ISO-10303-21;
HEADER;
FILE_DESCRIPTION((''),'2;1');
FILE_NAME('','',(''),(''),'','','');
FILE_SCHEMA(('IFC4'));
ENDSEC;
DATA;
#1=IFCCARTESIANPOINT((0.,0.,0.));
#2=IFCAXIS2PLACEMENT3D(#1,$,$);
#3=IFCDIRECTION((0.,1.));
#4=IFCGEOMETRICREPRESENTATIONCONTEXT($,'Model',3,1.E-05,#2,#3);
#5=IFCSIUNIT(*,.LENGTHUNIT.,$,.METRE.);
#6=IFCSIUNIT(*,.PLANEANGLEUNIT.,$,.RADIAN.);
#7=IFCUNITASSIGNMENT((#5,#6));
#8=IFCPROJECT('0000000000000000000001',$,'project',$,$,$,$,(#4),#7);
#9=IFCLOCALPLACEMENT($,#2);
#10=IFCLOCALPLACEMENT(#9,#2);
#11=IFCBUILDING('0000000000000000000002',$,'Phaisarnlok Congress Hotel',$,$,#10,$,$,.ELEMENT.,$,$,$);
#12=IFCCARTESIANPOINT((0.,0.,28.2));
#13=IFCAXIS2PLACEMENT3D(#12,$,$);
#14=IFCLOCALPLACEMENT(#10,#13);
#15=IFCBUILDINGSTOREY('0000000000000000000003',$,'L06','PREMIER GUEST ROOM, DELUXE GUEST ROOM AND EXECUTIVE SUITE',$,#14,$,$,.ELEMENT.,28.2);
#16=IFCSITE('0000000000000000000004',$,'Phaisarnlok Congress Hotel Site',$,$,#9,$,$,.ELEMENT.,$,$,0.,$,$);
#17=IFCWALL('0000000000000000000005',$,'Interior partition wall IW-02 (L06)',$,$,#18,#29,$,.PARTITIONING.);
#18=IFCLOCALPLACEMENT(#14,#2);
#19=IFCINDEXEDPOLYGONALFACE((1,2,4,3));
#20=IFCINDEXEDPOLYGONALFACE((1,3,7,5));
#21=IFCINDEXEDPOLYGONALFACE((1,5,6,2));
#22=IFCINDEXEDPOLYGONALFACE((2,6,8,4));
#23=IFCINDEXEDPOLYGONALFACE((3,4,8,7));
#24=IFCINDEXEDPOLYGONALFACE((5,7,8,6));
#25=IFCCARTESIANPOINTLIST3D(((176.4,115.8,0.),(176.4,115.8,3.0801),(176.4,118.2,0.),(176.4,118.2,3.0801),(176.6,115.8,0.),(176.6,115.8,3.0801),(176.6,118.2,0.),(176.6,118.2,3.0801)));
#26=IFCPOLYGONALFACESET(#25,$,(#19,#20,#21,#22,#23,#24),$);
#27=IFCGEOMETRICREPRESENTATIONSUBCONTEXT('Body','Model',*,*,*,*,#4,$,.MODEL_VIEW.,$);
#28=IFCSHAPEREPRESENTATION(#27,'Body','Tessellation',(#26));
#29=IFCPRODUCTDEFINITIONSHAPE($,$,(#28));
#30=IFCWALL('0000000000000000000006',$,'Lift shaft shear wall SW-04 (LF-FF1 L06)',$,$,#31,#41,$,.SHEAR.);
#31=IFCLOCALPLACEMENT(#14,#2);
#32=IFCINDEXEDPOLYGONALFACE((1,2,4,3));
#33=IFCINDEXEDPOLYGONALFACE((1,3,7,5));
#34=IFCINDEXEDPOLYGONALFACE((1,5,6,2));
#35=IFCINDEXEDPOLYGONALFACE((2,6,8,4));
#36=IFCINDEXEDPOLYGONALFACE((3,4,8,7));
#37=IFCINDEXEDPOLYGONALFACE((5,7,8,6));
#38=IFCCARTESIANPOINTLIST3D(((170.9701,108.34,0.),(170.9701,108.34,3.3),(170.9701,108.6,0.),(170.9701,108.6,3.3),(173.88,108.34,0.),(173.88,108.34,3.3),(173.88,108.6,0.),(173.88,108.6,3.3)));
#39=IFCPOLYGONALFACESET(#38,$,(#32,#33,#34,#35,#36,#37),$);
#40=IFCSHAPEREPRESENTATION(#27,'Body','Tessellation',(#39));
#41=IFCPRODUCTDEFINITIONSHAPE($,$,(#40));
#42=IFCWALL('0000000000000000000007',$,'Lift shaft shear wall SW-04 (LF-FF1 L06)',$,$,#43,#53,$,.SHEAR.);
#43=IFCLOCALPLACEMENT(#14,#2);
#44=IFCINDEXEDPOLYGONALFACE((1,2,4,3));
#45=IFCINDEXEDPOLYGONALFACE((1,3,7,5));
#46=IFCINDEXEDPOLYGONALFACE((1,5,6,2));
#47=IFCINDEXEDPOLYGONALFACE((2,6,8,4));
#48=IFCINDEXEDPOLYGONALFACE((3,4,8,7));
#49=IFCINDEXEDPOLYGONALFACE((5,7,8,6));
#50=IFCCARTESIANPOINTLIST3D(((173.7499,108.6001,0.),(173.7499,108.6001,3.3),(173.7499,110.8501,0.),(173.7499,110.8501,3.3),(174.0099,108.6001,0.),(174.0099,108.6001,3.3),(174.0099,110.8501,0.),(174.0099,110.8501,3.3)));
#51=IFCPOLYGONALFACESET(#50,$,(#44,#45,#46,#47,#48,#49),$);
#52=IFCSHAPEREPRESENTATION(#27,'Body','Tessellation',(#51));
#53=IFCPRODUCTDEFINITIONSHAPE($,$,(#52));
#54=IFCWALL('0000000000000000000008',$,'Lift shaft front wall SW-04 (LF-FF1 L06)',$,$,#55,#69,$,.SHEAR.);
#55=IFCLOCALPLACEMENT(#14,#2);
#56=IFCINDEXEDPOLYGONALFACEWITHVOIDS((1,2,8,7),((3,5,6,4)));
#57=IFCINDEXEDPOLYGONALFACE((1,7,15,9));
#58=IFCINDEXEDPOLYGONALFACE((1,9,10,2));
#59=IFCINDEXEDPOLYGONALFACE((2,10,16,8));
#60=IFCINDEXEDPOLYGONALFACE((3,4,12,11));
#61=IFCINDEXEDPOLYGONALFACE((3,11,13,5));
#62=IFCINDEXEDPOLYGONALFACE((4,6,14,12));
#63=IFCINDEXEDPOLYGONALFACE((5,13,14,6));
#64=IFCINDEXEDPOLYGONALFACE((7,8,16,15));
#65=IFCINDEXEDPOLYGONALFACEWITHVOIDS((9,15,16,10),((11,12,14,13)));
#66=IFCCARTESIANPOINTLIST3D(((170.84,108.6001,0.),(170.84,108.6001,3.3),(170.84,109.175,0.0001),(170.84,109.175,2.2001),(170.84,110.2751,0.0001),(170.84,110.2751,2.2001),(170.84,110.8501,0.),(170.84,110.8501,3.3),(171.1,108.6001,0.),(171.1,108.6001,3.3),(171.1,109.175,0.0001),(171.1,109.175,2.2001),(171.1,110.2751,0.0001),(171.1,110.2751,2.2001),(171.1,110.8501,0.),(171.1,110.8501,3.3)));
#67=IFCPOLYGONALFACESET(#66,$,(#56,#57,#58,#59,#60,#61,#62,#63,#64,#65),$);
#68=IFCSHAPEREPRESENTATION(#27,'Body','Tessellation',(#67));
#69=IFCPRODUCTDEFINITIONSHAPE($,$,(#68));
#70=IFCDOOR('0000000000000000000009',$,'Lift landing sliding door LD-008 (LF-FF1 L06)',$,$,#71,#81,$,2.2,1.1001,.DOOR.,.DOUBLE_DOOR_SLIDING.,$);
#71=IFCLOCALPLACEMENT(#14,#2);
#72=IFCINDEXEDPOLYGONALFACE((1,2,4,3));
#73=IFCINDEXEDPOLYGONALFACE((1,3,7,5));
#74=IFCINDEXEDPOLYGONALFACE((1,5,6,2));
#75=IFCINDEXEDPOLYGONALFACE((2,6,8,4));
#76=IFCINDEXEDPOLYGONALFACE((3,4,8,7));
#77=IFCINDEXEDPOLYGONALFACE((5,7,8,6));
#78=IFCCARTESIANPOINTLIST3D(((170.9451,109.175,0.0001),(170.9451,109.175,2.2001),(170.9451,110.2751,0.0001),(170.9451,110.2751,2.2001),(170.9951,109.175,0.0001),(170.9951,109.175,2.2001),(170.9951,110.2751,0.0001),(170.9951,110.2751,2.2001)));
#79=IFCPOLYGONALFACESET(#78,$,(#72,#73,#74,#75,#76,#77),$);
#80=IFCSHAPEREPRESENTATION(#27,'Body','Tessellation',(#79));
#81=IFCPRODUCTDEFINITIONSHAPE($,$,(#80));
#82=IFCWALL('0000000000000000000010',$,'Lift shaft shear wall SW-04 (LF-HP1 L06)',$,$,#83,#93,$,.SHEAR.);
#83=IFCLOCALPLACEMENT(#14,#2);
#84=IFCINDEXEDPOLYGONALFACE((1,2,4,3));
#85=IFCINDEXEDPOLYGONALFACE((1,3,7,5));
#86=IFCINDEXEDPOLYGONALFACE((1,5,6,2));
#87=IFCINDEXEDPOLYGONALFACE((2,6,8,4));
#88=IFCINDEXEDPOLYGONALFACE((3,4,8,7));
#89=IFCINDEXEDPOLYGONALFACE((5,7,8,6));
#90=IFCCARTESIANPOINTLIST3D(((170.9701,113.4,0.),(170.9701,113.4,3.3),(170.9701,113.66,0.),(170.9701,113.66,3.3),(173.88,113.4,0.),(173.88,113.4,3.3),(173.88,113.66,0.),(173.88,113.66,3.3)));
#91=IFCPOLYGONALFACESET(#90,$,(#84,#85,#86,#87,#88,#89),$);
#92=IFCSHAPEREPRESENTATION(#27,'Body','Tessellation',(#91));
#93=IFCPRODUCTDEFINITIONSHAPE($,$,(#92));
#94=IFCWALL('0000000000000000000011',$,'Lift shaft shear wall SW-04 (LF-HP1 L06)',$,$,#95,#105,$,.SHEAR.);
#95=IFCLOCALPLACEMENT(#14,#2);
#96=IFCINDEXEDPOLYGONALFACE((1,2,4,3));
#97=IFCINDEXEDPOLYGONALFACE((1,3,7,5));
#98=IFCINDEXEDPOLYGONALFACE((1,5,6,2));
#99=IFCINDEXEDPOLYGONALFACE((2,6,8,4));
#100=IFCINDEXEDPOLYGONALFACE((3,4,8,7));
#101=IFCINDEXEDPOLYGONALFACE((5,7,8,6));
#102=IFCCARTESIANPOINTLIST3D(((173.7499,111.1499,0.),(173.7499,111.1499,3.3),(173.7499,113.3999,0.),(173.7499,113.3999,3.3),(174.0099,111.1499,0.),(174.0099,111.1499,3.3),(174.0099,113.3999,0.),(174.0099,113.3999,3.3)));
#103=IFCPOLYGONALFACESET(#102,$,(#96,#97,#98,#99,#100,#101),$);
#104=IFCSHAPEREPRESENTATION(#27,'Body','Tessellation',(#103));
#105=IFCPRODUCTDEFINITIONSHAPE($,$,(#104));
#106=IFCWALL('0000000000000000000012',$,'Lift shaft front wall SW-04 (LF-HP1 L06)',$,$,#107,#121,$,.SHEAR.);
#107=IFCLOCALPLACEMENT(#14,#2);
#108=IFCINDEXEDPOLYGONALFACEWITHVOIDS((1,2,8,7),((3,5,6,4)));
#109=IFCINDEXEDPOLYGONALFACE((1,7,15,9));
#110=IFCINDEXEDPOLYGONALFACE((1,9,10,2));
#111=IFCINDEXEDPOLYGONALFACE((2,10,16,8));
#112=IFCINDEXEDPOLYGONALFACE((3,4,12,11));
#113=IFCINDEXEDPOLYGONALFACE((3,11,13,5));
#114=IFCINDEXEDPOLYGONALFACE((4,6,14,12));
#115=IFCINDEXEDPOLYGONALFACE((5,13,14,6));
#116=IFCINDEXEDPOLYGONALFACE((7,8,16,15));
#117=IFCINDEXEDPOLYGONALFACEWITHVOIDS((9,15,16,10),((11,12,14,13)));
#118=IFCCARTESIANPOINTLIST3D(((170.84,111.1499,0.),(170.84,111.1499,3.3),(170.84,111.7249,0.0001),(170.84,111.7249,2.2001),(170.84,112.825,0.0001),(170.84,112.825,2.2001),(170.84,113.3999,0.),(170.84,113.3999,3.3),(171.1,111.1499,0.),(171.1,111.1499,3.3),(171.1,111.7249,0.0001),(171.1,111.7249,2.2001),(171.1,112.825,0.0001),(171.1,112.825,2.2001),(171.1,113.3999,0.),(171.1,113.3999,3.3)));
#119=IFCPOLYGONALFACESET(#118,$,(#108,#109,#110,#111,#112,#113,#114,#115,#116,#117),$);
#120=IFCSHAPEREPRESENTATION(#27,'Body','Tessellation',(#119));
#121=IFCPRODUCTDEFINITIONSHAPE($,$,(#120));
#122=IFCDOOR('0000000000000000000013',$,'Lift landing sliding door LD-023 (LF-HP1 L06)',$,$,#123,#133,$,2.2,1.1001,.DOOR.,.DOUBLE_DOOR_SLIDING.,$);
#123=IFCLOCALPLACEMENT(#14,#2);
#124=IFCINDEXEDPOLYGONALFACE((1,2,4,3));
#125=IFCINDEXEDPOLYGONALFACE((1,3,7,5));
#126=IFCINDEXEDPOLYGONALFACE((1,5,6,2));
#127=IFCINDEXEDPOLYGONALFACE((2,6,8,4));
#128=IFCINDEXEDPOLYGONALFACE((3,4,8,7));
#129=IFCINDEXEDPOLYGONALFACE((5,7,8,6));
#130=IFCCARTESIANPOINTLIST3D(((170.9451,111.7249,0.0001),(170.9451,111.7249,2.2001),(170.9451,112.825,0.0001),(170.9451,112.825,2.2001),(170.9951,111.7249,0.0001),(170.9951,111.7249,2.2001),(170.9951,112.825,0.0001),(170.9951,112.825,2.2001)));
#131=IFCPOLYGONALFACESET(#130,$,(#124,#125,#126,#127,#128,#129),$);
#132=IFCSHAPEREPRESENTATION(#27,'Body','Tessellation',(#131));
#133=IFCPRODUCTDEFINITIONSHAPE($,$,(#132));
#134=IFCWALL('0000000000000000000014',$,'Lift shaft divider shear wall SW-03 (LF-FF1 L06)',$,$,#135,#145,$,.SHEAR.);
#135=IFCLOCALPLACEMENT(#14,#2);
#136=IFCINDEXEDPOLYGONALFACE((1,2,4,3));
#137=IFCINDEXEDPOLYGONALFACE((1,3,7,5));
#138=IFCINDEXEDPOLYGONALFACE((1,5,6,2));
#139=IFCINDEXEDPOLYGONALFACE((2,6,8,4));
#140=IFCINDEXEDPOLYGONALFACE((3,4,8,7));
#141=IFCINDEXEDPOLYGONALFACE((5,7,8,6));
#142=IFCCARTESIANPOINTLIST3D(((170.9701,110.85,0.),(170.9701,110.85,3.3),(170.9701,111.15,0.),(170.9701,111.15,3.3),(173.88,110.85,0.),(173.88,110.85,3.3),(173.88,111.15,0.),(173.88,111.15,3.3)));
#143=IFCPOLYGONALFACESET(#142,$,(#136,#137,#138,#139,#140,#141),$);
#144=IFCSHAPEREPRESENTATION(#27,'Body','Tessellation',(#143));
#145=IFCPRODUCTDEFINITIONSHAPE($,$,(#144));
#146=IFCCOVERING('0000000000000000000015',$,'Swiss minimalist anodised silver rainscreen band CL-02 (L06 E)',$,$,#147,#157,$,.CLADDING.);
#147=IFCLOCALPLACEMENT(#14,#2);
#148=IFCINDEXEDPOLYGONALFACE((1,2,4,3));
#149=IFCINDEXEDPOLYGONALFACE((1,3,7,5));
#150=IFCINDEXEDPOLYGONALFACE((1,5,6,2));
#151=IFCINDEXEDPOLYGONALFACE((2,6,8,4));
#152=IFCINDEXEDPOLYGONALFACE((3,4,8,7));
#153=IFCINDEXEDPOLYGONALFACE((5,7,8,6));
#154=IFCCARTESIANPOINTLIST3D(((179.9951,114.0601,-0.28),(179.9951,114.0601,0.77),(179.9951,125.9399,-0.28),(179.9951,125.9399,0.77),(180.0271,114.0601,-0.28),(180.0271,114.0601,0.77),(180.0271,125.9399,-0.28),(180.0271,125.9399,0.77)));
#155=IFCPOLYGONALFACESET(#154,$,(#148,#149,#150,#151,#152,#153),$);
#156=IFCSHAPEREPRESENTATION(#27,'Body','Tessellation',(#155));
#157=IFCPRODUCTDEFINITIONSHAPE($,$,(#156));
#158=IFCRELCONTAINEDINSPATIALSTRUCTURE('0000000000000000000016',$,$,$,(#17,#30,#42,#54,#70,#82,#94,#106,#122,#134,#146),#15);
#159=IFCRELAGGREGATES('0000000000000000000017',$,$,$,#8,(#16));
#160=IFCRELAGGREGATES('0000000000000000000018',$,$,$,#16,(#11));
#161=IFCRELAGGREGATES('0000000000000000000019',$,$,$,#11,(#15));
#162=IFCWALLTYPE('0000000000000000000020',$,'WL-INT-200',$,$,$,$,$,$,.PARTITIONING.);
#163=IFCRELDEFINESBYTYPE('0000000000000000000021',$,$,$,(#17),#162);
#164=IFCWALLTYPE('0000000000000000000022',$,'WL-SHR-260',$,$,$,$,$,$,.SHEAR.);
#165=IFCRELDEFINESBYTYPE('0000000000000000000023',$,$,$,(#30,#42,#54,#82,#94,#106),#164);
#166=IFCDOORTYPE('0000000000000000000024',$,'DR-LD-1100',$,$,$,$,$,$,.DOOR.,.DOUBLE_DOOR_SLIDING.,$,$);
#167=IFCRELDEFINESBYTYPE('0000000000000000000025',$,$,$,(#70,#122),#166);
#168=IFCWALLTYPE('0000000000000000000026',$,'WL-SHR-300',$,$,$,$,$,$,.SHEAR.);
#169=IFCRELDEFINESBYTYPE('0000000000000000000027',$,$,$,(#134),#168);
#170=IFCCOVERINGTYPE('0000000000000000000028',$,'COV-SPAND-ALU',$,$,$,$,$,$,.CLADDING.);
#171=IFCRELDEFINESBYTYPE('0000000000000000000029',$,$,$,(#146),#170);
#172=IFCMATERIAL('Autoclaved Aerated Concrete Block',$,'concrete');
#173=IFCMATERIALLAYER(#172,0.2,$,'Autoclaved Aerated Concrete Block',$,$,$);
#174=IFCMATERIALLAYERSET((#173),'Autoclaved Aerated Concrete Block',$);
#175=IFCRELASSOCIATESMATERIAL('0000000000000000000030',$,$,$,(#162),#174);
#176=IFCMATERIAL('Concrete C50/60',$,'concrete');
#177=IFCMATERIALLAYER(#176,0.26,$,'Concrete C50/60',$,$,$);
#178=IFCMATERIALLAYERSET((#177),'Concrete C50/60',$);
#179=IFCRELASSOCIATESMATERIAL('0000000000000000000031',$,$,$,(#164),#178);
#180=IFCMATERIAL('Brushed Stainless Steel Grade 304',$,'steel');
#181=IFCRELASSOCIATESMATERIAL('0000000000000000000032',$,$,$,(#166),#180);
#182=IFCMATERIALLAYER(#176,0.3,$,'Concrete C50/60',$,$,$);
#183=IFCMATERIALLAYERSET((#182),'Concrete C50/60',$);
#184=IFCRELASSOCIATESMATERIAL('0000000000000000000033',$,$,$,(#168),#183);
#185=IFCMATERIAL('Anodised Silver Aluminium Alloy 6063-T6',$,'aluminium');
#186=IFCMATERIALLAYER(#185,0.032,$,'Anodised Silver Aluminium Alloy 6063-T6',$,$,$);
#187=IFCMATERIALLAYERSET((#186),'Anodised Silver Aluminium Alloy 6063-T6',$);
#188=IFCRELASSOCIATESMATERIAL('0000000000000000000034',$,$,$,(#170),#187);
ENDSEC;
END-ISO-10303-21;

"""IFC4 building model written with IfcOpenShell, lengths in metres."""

from ifc_helpers import new_model, si_unit, direction, frame, frame_2d, origin, place, context, subcontext, project, spatial, polyline, rectangle, outline, extrude, material, layer, layer_set, type_object, element, fill, save


model = new_model("IFC4")

# Units and contexts
model_context = context("Model", 3, precision=1e-05, world=origin(), true_north=direction((0.0, 1.0)))
body_context = subcontext(model_context, "Body", "Model", "MODEL_VIEW")
ifc_project = project(units=[si_unit("LENGTHUNIT", "METRE"), si_unit("PLANEANGLEUNIT", "RADIAN")], contexts=[model_context])

# Site, building, storey
site_placement = place(None, origin())
site = spatial("IfcSite", under=ifc_project, at=site_placement, Name="Phaisarnlok Congress Hotel Site", CompositionType="ELEMENT", RefElevation=0.0)
building_placement = place(site_placement, origin())
building = spatial("IfcBuilding", under=site, at=building_placement, Name="Phaisarnlok Congress Hotel", CompositionType="ELEMENT")
storey_placement = place(building_placement, frame((0.0, 0.0, 28.2)))
storey = spatial("IfcBuildingStorey", under=building, at=storey_placement, Name="L06", Description="PREMIER GUEST ROOM, DELUXE GUEST ROOM AND EXECUTIVE SUITE", CompositionType="ELEMENT", Elevation=28.2)

# Shared definitions
ifc_material_1 = material(Name="Concrete C50/60", Category="concrete")

# Wall
ifc_material_2 = material(Name="Autoclaved Aerated Concrete Block", Category="concrete")
ifc_layer_1 = layer(ifc_material_2, 0.2, Name="Autoclaved Aerated Concrete Block")
ifc_layer_set_1 = layer_set([ifc_layer_1], Name="Autoclaved Aerated Concrete Block")
wall_type_1 = type_object("IfcWallType", Name="WL-INT-200", PredefinedType="PARTITIONING", material=ifc_layer_set_1)
wall_1_placement = place(storey_placement, frame((176.5, 115.8, 0.0), z_axis=(0.0, 0.0, 1.0), x_axis=(0.0, 1.0, 0.0)))
element("IfcWall", 1, at=wall_1_placement, inside=storey, type_object=wall_type_1, Name="Interior partition wall IW-02 (L06)", PredefinedType="PARTITIONING", context=body_context, shape_type="SweptSolid", body=[
    extrude(rectangle(XDim=2.3999, YDim=0.2, at=frame_2d((1.2, 0.0))), origin(), (0.0, 0.0, 1.0), 3.0801),
])

# Walls
ifc_layer_2 = layer(ifc_material_1, 0.26, Name="Concrete C50/60")
ifc_layer_set_2 = layer_set([ifc_layer_2], Name="Concrete C50/60")
wall_type_2 = type_object("IfcWallType", Name="WL-SHR-260", PredefinedType="SHEAR", material=ifc_layer_set_2)
wall_2_placement = place(storey_placement, frame((170.97, 108.47, 0.0), z_axis=(0.0, 0.0, 1.0), x_axis=(1.0, 0.0, 0.0)))
element("IfcWall", 2, at=wall_2_placement, inside=storey, type_object=wall_type_2, Name="Lift shaft shear wall SW-04 (LF-FF1 L06)", PredefinedType="SHEAR", context=body_context, shape_type="SweptSolid", body=[
    extrude(rectangle(XDim=2.9099, YDim=0.26, at=frame_2d((1.4551, 0.0))), origin(), (0.0, 0.0, 1.0), 3.3),
])
wall_3_placement = place(storey_placement, frame((173.8799, 108.6001, 0.0), z_axis=(0.0, 0.0, 1.0), x_axis=(0.0, 1.0, 0.0)))
element("IfcWall", 3, at=wall_3_placement, inside=storey, type_object=wall_type_2, Name="Lift shaft shear wall SW-04 (LF-FF1 L06)", PredefinedType="SHEAR", context=body_context, shape_type="SweptSolid", body=[
    extrude(rectangle(XDim=2.25, YDim=0.26, at=frame_2d((1.125, 0.0))), origin(), (0.0, 0.0, 1.0), 3.3),
])

# Wall, opening, door
wall_4_placement = place(storey_placement, frame((170.97, 108.6001, 0.0), z_axis=(0.0, 0.0, 1.0), x_axis=(0.0, 1.0, 0.0)))
wall_4 = element("IfcWall", 4, at=wall_4_placement, inside=storey, type_object=wall_type_2, Name="Lift shaft front wall SW-04 (LF-FF1 L06)", PredefinedType="SHEAR", context=body_context, shape_type="SweptSolid", body=[
    extrude(rectangle(XDim=2.25, YDim=0.26, at=frame_2d((1.125, 0.0))), origin(), (0.0, 0.0, 1.0), 3.3),
])
opening_1_placement = place(wall_4_placement, frame((0.575, 0.0, 0.0)))
opening_1 = element("IfcOpeningElement", 5, at=opening_1_placement, cuts=wall_4, PredefinedType="OPENING", context=body_context, shape_type="SweptSolid", body=[
    extrude(rectangle(XDim=1.1001, YDim=2.2, at=frame_2d((0.55, 1.1001))), frame((0.0, 0.1401, 0.0), z_axis=(0.0, -1.0, 0.0), x_axis=(1.0, 0.0, 0.0)), (0.0, 0.0, 1.0), 0.28),
])
ifc_material_3 = material(Name="Brushed Stainless Steel Grade 304", Category="steel")
door_type_1 = type_object("IfcDoorType", Name="DR-LD-1100", OperationType="DOUBLE_DOOR_SLIDING", PredefinedType="DOOR", material=ifc_material_3)
door_1_placement = place(opening_1_placement, origin())
door_1 = element("IfcDoor", 6, at=door_1_placement, inside=storey, type_object=door_type_1, Name="Lift landing sliding door LD-008 (LF-FF1 L06)", OperationType="DOUBLE_DOOR_SLIDING", OverallHeight=2.2, OverallWidth=1.1001, PredefinedType="DOOR", context=body_context, shape_type="SweptSolid", body=[
    extrude(rectangle(XDim=1.1001, YDim=2.2, at=frame_2d((0.55, 1.1001))), frame((0.0, 0.0249, 0.0), z_axis=(0.0, -1.0, 0.0), x_axis=(1.0, 0.0, 0.0)), (0.0, 0.0, 1.0), 0.05),
])
fill(opening_1, door_1)

# Walls
wall_5_placement = place(storey_placement, frame((170.97, 113.53, 0.0), z_axis=(0.0, 0.0, 1.0), x_axis=(1.0, 0.0, 0.0)))
element("IfcWall", 7, at=wall_5_placement, inside=storey, type_object=wall_type_2, Name="Lift shaft shear wall SW-04 (LF-HP1 L06)", PredefinedType="SHEAR", context=body_context, shape_type="SweptSolid", body=[
    extrude(rectangle(XDim=2.9099, YDim=0.26, at=frame_2d((1.4551, 0.0))), origin(), (0.0, 0.0, 1.0), 3.3),
])
wall_6_placement = place(storey_placement, frame((173.8799, 111.1499, 0.0), z_axis=(0.0, 0.0, 1.0), x_axis=(0.0, 1.0, 0.0)))
element("IfcWall", 8, at=wall_6_placement, inside=storey, type_object=wall_type_2, Name="Lift shaft shear wall SW-04 (LF-HP1 L06)", PredefinedType="SHEAR", context=body_context, shape_type="SweptSolid", body=[
    extrude(rectangle(XDim=2.25, YDim=0.26, at=frame_2d((1.125, 0.0))), origin(), (0.0, 0.0, 1.0), 3.3),
])

# Wall, opening, door
wall_7_placement = place(storey_placement, frame((170.97, 111.1499, 0.0), z_axis=(0.0, 0.0, 1.0), x_axis=(0.0, 1.0, 0.0)))
wall_7 = element("IfcWall", 9, at=wall_7_placement, inside=storey, type_object=wall_type_2, Name="Lift shaft front wall SW-04 (LF-HP1 L06)", PredefinedType="SHEAR", context=body_context, shape_type="SweptSolid", body=[
    extrude(rectangle(XDim=2.25, YDim=0.26, at=frame_2d((1.125, 0.0))), origin(), (0.0, 0.0, 1.0), 3.3),
])
opening_2_placement = place(wall_7_placement, frame((0.575, 0.0, 0.0)))
opening_2 = element("IfcOpeningElement", 10, at=opening_2_placement, cuts=wall_7, PredefinedType="OPENING", context=body_context, shape_type="SweptSolid", body=[
    extrude(rectangle(XDim=1.1001, YDim=2.2, at=frame_2d((0.55, 1.1001))), frame((0.0, 0.1401, 0.0), z_axis=(0.0, -1.0, 0.0), x_axis=(1.0, 0.0, 0.0)), (0.0, 0.0, 1.0), 0.28),
])
door_2_placement = place(opening_2_placement, origin())
door_2 = element("IfcDoor", 11, at=door_2_placement, inside=storey, type_object=door_type_1, Name="Lift landing sliding door LD-023 (LF-HP1 L06)", OperationType="DOUBLE_DOOR_SLIDING", OverallHeight=2.2, OverallWidth=1.1001, PredefinedType="DOOR", context=body_context, shape_type="SweptSolid", body=[
    extrude(rectangle(XDim=1.1001, YDim=2.2, at=frame_2d((0.55, 1.1001))), frame((0.0, 0.0249, 0.0), z_axis=(0.0, -1.0, 0.0), x_axis=(1.0, 0.0, 0.0)), (0.0, 0.0, 1.0), 0.05),
])
fill(opening_2, door_2)

# Wall
ifc_layer_3 = layer(ifc_material_1, 0.3, Name="Concrete C50/60")
ifc_layer_set_3 = layer_set([ifc_layer_3], Name="Concrete C50/60")
wall_type_3 = type_object("IfcWallType", Name="WL-SHR-300", PredefinedType="SHEAR", material=ifc_layer_set_3)
wall_8_placement = place(storey_placement, frame((170.97, 111.0, 0.0), z_axis=(0.0, 0.0, 1.0), x_axis=(1.0, 0.0, 0.0)))
element("IfcWall", 12, at=wall_8_placement, inside=storey, type_object=wall_type_3, Name="Lift shaft divider shear wall SW-03 (LF-FF1 L06)", PredefinedType="SHEAR", context=body_context, shape_type="SweptSolid", body=[
    extrude(rectangle(XDim=2.9099, YDim=0.3, at=frame_2d((1.4551, 0.0))), origin(), (0.0, 0.0, 1.0), 3.3),
])

# Covering
ifc_material_4 = material(Name="Anodised Silver Aluminium Alloy 6063-T6", Category="aluminium")
ifc_layer_4 = layer(ifc_material_4, 0.032, Name="Anodised Silver Aluminium Alloy 6063-T6")
ifc_layer_set_4 = layer_set([ifc_layer_4], Name="Anodised Silver Aluminium Alloy 6063-T6")
covering_type = type_object("IfcCoveringType", Name="COV-SPAND-ALU", PredefinedType="CLADDING", material=ifc_layer_set_4)
covering_placement = place(storey_placement, frame((179.9951, 114.0601, -0.28), z_axis=(1.0, 0.0, 0.0), x_axis=(0.0, 1.0, 0.0)))
element("IfcCovering", 13, at=covering_placement, inside=storey, type_object=covering_type, Name="Swiss minimalist anodised silver rainscreen band CL-02 (L06 E)", PredefinedType="CLADDING", context=body_context, shape_type="SweptSolid", body=[
    extrude(outline(polyline([(0.0, 0.0), (11.8799, 0.0), (11.8799, 1.05), (0.0, 1.05), (0.0, 0.0)])), origin(), (0.0, 0.0, 1.0), 0.032),
])

save(model, "model.ifc")
